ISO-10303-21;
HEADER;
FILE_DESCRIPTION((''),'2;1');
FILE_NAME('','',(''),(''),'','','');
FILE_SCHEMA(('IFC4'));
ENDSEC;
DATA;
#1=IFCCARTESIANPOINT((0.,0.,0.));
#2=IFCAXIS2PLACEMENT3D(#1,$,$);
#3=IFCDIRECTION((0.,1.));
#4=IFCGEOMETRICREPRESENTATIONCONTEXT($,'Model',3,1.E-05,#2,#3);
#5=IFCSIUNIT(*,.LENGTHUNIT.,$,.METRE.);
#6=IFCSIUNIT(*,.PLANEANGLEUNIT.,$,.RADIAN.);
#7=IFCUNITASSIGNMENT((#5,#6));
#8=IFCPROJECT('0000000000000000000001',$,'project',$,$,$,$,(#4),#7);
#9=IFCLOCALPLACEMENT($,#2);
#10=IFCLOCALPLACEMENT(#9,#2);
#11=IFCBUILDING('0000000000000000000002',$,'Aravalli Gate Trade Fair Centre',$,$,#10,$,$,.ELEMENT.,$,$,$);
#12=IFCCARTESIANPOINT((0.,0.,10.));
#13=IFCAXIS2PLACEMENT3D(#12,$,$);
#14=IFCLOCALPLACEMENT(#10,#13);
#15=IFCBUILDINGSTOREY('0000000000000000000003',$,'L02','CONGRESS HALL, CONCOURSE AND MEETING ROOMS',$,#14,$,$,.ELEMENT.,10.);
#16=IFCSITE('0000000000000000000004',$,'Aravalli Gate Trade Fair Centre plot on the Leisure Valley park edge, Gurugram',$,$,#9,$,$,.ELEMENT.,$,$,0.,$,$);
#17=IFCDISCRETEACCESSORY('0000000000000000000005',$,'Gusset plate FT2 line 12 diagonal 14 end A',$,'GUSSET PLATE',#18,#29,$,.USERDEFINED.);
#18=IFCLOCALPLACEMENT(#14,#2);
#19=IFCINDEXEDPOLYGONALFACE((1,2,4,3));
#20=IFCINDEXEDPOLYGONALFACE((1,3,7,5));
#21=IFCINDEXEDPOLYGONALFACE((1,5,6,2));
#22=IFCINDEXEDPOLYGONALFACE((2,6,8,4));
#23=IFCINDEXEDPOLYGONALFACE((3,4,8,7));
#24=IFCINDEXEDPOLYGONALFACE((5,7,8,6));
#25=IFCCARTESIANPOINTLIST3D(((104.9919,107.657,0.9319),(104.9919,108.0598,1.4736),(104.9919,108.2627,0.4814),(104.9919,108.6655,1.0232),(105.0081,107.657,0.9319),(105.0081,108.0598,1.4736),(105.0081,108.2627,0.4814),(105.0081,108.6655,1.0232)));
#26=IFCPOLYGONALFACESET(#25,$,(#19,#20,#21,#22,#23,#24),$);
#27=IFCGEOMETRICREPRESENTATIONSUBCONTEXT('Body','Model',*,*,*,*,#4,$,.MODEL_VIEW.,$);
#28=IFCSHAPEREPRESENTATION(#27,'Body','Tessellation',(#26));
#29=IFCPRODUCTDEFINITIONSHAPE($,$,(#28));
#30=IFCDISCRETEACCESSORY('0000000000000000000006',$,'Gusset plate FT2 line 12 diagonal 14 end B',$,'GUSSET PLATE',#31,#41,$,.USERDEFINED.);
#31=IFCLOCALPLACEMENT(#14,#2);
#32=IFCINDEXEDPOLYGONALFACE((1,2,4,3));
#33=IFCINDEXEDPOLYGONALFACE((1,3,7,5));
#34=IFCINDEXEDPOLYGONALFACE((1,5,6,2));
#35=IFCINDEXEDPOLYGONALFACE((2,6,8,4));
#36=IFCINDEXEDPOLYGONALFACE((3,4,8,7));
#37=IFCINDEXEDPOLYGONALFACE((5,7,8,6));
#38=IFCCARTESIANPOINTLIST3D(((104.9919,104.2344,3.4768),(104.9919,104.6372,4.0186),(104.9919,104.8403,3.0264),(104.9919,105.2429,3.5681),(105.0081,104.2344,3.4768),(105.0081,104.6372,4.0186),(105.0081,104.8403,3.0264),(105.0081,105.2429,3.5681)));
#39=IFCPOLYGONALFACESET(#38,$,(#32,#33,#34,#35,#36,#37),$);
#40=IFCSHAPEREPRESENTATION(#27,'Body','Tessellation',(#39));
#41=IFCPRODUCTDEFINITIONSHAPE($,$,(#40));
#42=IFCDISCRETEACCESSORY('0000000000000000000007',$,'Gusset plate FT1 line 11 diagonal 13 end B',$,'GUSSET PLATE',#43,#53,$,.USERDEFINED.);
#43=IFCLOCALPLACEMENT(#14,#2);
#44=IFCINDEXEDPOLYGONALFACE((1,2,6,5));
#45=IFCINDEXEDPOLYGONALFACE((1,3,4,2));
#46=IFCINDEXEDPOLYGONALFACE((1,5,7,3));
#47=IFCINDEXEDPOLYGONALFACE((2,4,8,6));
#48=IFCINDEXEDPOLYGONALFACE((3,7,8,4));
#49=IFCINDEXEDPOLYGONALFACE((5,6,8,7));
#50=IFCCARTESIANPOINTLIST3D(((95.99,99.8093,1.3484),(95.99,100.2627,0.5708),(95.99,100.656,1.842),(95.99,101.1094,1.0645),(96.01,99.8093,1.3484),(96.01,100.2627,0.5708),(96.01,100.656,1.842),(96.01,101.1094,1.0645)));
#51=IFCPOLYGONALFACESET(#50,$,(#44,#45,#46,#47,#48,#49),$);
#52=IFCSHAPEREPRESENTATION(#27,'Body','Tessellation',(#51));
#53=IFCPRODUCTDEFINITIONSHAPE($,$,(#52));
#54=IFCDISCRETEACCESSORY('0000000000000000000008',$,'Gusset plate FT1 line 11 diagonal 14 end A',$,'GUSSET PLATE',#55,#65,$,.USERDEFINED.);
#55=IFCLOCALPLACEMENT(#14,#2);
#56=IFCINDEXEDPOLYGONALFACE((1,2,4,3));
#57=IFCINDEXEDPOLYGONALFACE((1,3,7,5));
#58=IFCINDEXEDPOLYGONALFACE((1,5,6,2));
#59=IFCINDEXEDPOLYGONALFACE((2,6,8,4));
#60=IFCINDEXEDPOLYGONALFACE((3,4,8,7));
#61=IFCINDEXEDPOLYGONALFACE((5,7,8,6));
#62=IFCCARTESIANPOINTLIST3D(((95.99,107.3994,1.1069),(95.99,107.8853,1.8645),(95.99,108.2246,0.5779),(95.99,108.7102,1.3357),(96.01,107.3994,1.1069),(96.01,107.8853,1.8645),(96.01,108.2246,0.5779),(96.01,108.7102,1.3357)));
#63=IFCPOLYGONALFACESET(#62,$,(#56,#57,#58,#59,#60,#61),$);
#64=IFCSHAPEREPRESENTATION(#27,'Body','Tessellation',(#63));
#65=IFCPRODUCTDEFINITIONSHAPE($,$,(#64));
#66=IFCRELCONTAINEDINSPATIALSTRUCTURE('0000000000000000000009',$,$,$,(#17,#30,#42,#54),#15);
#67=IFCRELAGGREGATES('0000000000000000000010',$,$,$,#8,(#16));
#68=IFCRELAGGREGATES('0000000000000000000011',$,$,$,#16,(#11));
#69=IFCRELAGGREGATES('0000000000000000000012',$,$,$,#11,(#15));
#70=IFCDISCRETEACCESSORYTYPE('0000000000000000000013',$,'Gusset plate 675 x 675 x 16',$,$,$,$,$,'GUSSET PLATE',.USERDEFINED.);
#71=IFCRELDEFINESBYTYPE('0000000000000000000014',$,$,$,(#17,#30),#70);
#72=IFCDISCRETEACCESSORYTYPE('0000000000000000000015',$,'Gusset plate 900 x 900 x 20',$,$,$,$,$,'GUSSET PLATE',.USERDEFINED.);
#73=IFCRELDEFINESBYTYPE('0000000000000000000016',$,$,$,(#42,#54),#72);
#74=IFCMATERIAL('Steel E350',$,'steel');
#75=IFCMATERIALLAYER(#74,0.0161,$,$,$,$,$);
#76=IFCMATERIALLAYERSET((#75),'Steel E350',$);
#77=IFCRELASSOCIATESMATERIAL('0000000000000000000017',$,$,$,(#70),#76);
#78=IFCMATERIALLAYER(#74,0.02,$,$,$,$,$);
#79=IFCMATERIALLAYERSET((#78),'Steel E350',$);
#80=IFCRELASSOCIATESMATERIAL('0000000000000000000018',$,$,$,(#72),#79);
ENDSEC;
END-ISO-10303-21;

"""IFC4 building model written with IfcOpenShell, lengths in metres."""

from ifc_helpers import new_model, si_unit, direction, frame, origin, place, context, subcontext, project, spatial, polyline, outline, extrude, material, layer, layer_set, type_object, element, save


model = new_model("IFC4")

# Units and contexts
model_context = context("Model", 3, precision=1e-05, world=origin(), true_north=direction((0.0, 1.0)))
body_context = subcontext(model_context, "Body", "Model", "MODEL_VIEW")
ifc_project = project(units=[si_unit("LENGTHUNIT", "METRE"), si_unit("PLANEANGLEUNIT", "RADIAN")], contexts=[model_context])

# Site, building, storey
site_placement = place(None, origin())
site = spatial("IfcSite", under=ifc_project, at=site_placement, Name="Aravalli Gate Trade Fair Centre plot on the Leisure Valley park edge, Gurugram", CompositionType="ELEMENT", RefElevation=0.0)
building_placement = place(site_placement, origin())
building = spatial("IfcBuilding", under=site, at=building_placement, Name="Aravalli Gate Trade Fair Centre", CompositionType="ELEMENT")
storey_placement = place(building_placement, frame((0.0, 0.0, 10.0)))
storey = spatial("IfcBuildingStorey", under=building, at=storey_placement, Name="L02", Description="CONGRESS HALL, CONCOURSE AND MEETING ROOMS", CompositionType="ELEMENT", Elevation=10.0)

# Shared definitions
ifc_material_1 = material(Name="Steel E350", Category="steel")

# Discrete accessories
ifc_layer_1 = layer(ifc_material_1, 0.0161)
ifc_layer_set_1 = layer_set([ifc_layer_1], Name="Steel E350")
discrete_accessory_type_1 = type_object("IfcDiscreteAccessoryType", Name="Gusset plate 675 x 675 x 16", ElementType="GUSSET PLATE", PredefinedType="USERDEFINED", material=ifc_layer_set_1)
discrete_accessory_1_placement = place(storey_placement, frame((105.0081, 107.657, 0.9319), z_axis=(1.0, 0.0, 0.0), x_axis=(0.0, 0.802439, -0.596735)))
element("IfcDiscreteAccessory", 1, at=discrete_accessory_1_placement, inside=storey, type_object=discrete_accessory_type_1, Name="Gusset plate FT2 line 12 diagonal 14 end A", ObjectType="GUSSET PLATE", PredefinedType="USERDEFINED", context=body_context, shape_type="SweptSolid", body=[
    extrude(outline(polyline([(0.0, 0.0), (0.7548, 0.0), (0.7548, 0.6751), (0.0, 0.6751), (0.0, 0.0)])), origin(), (0.0, 0.0, -1.0), 0.0161),
])
discrete_accessory_2_placement = place(storey_placement, frame((104.9919, 104.8403, 3.0264), z_axis=(-1.0, 0.0, 0.0), x_axis=(0.0, -0.802554, 0.59658)))
element("IfcDiscreteAccessory", 2, at=discrete_accessory_2_placement, inside=storey, type_object=discrete_accessory_type_1, Name="Gusset plate FT2 line 12 diagonal 14 end B", ObjectType="GUSSET PLATE", PredefinedType="USERDEFINED", context=body_context, shape_type="SweptSolid", body=[
    extrude(outline(polyline([(0.0, 0.0), (0.755, 0.0), (0.7549, 0.6751), (0.0001, 0.675), (0.0, 0.0)])), origin(), (0.0, 0.0, -1.0), 0.0161),
])
ifc_layer_2 = layer(ifc_material_1, 0.02)
ifc_layer_set_2 = layer_set([ifc_layer_2], Name="Steel E350")
discrete_accessory_type_2 = type_object("IfcDiscreteAccessoryType", Name="Gusset plate 900 x 900 x 20", ElementType="GUSSET PLATE", PredefinedType="USERDEFINED", material=ifc_layer_set_2)
discrete_accessory_3_placement = place(storey_placement, frame((96.01, 100.656, 1.842), z_axis=(1.0, 0.0, 0.0), x_axis=(0.0, -0.863887, -0.503685)))
element("IfcDiscreteAccessory", 3, at=discrete_accessory_3_placement, inside=storey, type_object=discrete_accessory_type_2, Name="Gusset plate FT1 line 11 diagonal 13 end B", ObjectType="GUSSET PLATE", PredefinedType="USERDEFINED", context=body_context, shape_type="SweptSolid", body=[
    extrude(outline(polyline([(0.0, 0.0), (0.9801, 0.0), (0.9801, 0.9001), (0.0, 0.9001), (0.0, 0.0)])), origin(), (0.0, 0.0, -1.0), 0.02),
])
discrete_accessory_4_placement = place(storey_placement, frame((96.01, 107.3994, 1.1069), z_axis=(1.0, 0.0, 0.0), x_axis=(0.0, 0.841841, -0.539725)))
element("IfcDiscreteAccessory", 4, at=discrete_accessory_4_placement, inside=storey, type_object=discrete_accessory_type_2, Name="Gusset plate FT1 line 11 diagonal 14 end A", ObjectType="GUSSET PLATE", PredefinedType="USERDEFINED", context=body_context, shape_type="SweptSolid", body=[
    extrude(outline(polyline([(0.0, 0.0), (0.9802, 0.0), (0.98, 0.9), (0.0001, 0.9), (0.0, 0.0)])), origin(), (0.0, 0.0, -1.0), 0.02),
])

save(model, "model.ifc")
